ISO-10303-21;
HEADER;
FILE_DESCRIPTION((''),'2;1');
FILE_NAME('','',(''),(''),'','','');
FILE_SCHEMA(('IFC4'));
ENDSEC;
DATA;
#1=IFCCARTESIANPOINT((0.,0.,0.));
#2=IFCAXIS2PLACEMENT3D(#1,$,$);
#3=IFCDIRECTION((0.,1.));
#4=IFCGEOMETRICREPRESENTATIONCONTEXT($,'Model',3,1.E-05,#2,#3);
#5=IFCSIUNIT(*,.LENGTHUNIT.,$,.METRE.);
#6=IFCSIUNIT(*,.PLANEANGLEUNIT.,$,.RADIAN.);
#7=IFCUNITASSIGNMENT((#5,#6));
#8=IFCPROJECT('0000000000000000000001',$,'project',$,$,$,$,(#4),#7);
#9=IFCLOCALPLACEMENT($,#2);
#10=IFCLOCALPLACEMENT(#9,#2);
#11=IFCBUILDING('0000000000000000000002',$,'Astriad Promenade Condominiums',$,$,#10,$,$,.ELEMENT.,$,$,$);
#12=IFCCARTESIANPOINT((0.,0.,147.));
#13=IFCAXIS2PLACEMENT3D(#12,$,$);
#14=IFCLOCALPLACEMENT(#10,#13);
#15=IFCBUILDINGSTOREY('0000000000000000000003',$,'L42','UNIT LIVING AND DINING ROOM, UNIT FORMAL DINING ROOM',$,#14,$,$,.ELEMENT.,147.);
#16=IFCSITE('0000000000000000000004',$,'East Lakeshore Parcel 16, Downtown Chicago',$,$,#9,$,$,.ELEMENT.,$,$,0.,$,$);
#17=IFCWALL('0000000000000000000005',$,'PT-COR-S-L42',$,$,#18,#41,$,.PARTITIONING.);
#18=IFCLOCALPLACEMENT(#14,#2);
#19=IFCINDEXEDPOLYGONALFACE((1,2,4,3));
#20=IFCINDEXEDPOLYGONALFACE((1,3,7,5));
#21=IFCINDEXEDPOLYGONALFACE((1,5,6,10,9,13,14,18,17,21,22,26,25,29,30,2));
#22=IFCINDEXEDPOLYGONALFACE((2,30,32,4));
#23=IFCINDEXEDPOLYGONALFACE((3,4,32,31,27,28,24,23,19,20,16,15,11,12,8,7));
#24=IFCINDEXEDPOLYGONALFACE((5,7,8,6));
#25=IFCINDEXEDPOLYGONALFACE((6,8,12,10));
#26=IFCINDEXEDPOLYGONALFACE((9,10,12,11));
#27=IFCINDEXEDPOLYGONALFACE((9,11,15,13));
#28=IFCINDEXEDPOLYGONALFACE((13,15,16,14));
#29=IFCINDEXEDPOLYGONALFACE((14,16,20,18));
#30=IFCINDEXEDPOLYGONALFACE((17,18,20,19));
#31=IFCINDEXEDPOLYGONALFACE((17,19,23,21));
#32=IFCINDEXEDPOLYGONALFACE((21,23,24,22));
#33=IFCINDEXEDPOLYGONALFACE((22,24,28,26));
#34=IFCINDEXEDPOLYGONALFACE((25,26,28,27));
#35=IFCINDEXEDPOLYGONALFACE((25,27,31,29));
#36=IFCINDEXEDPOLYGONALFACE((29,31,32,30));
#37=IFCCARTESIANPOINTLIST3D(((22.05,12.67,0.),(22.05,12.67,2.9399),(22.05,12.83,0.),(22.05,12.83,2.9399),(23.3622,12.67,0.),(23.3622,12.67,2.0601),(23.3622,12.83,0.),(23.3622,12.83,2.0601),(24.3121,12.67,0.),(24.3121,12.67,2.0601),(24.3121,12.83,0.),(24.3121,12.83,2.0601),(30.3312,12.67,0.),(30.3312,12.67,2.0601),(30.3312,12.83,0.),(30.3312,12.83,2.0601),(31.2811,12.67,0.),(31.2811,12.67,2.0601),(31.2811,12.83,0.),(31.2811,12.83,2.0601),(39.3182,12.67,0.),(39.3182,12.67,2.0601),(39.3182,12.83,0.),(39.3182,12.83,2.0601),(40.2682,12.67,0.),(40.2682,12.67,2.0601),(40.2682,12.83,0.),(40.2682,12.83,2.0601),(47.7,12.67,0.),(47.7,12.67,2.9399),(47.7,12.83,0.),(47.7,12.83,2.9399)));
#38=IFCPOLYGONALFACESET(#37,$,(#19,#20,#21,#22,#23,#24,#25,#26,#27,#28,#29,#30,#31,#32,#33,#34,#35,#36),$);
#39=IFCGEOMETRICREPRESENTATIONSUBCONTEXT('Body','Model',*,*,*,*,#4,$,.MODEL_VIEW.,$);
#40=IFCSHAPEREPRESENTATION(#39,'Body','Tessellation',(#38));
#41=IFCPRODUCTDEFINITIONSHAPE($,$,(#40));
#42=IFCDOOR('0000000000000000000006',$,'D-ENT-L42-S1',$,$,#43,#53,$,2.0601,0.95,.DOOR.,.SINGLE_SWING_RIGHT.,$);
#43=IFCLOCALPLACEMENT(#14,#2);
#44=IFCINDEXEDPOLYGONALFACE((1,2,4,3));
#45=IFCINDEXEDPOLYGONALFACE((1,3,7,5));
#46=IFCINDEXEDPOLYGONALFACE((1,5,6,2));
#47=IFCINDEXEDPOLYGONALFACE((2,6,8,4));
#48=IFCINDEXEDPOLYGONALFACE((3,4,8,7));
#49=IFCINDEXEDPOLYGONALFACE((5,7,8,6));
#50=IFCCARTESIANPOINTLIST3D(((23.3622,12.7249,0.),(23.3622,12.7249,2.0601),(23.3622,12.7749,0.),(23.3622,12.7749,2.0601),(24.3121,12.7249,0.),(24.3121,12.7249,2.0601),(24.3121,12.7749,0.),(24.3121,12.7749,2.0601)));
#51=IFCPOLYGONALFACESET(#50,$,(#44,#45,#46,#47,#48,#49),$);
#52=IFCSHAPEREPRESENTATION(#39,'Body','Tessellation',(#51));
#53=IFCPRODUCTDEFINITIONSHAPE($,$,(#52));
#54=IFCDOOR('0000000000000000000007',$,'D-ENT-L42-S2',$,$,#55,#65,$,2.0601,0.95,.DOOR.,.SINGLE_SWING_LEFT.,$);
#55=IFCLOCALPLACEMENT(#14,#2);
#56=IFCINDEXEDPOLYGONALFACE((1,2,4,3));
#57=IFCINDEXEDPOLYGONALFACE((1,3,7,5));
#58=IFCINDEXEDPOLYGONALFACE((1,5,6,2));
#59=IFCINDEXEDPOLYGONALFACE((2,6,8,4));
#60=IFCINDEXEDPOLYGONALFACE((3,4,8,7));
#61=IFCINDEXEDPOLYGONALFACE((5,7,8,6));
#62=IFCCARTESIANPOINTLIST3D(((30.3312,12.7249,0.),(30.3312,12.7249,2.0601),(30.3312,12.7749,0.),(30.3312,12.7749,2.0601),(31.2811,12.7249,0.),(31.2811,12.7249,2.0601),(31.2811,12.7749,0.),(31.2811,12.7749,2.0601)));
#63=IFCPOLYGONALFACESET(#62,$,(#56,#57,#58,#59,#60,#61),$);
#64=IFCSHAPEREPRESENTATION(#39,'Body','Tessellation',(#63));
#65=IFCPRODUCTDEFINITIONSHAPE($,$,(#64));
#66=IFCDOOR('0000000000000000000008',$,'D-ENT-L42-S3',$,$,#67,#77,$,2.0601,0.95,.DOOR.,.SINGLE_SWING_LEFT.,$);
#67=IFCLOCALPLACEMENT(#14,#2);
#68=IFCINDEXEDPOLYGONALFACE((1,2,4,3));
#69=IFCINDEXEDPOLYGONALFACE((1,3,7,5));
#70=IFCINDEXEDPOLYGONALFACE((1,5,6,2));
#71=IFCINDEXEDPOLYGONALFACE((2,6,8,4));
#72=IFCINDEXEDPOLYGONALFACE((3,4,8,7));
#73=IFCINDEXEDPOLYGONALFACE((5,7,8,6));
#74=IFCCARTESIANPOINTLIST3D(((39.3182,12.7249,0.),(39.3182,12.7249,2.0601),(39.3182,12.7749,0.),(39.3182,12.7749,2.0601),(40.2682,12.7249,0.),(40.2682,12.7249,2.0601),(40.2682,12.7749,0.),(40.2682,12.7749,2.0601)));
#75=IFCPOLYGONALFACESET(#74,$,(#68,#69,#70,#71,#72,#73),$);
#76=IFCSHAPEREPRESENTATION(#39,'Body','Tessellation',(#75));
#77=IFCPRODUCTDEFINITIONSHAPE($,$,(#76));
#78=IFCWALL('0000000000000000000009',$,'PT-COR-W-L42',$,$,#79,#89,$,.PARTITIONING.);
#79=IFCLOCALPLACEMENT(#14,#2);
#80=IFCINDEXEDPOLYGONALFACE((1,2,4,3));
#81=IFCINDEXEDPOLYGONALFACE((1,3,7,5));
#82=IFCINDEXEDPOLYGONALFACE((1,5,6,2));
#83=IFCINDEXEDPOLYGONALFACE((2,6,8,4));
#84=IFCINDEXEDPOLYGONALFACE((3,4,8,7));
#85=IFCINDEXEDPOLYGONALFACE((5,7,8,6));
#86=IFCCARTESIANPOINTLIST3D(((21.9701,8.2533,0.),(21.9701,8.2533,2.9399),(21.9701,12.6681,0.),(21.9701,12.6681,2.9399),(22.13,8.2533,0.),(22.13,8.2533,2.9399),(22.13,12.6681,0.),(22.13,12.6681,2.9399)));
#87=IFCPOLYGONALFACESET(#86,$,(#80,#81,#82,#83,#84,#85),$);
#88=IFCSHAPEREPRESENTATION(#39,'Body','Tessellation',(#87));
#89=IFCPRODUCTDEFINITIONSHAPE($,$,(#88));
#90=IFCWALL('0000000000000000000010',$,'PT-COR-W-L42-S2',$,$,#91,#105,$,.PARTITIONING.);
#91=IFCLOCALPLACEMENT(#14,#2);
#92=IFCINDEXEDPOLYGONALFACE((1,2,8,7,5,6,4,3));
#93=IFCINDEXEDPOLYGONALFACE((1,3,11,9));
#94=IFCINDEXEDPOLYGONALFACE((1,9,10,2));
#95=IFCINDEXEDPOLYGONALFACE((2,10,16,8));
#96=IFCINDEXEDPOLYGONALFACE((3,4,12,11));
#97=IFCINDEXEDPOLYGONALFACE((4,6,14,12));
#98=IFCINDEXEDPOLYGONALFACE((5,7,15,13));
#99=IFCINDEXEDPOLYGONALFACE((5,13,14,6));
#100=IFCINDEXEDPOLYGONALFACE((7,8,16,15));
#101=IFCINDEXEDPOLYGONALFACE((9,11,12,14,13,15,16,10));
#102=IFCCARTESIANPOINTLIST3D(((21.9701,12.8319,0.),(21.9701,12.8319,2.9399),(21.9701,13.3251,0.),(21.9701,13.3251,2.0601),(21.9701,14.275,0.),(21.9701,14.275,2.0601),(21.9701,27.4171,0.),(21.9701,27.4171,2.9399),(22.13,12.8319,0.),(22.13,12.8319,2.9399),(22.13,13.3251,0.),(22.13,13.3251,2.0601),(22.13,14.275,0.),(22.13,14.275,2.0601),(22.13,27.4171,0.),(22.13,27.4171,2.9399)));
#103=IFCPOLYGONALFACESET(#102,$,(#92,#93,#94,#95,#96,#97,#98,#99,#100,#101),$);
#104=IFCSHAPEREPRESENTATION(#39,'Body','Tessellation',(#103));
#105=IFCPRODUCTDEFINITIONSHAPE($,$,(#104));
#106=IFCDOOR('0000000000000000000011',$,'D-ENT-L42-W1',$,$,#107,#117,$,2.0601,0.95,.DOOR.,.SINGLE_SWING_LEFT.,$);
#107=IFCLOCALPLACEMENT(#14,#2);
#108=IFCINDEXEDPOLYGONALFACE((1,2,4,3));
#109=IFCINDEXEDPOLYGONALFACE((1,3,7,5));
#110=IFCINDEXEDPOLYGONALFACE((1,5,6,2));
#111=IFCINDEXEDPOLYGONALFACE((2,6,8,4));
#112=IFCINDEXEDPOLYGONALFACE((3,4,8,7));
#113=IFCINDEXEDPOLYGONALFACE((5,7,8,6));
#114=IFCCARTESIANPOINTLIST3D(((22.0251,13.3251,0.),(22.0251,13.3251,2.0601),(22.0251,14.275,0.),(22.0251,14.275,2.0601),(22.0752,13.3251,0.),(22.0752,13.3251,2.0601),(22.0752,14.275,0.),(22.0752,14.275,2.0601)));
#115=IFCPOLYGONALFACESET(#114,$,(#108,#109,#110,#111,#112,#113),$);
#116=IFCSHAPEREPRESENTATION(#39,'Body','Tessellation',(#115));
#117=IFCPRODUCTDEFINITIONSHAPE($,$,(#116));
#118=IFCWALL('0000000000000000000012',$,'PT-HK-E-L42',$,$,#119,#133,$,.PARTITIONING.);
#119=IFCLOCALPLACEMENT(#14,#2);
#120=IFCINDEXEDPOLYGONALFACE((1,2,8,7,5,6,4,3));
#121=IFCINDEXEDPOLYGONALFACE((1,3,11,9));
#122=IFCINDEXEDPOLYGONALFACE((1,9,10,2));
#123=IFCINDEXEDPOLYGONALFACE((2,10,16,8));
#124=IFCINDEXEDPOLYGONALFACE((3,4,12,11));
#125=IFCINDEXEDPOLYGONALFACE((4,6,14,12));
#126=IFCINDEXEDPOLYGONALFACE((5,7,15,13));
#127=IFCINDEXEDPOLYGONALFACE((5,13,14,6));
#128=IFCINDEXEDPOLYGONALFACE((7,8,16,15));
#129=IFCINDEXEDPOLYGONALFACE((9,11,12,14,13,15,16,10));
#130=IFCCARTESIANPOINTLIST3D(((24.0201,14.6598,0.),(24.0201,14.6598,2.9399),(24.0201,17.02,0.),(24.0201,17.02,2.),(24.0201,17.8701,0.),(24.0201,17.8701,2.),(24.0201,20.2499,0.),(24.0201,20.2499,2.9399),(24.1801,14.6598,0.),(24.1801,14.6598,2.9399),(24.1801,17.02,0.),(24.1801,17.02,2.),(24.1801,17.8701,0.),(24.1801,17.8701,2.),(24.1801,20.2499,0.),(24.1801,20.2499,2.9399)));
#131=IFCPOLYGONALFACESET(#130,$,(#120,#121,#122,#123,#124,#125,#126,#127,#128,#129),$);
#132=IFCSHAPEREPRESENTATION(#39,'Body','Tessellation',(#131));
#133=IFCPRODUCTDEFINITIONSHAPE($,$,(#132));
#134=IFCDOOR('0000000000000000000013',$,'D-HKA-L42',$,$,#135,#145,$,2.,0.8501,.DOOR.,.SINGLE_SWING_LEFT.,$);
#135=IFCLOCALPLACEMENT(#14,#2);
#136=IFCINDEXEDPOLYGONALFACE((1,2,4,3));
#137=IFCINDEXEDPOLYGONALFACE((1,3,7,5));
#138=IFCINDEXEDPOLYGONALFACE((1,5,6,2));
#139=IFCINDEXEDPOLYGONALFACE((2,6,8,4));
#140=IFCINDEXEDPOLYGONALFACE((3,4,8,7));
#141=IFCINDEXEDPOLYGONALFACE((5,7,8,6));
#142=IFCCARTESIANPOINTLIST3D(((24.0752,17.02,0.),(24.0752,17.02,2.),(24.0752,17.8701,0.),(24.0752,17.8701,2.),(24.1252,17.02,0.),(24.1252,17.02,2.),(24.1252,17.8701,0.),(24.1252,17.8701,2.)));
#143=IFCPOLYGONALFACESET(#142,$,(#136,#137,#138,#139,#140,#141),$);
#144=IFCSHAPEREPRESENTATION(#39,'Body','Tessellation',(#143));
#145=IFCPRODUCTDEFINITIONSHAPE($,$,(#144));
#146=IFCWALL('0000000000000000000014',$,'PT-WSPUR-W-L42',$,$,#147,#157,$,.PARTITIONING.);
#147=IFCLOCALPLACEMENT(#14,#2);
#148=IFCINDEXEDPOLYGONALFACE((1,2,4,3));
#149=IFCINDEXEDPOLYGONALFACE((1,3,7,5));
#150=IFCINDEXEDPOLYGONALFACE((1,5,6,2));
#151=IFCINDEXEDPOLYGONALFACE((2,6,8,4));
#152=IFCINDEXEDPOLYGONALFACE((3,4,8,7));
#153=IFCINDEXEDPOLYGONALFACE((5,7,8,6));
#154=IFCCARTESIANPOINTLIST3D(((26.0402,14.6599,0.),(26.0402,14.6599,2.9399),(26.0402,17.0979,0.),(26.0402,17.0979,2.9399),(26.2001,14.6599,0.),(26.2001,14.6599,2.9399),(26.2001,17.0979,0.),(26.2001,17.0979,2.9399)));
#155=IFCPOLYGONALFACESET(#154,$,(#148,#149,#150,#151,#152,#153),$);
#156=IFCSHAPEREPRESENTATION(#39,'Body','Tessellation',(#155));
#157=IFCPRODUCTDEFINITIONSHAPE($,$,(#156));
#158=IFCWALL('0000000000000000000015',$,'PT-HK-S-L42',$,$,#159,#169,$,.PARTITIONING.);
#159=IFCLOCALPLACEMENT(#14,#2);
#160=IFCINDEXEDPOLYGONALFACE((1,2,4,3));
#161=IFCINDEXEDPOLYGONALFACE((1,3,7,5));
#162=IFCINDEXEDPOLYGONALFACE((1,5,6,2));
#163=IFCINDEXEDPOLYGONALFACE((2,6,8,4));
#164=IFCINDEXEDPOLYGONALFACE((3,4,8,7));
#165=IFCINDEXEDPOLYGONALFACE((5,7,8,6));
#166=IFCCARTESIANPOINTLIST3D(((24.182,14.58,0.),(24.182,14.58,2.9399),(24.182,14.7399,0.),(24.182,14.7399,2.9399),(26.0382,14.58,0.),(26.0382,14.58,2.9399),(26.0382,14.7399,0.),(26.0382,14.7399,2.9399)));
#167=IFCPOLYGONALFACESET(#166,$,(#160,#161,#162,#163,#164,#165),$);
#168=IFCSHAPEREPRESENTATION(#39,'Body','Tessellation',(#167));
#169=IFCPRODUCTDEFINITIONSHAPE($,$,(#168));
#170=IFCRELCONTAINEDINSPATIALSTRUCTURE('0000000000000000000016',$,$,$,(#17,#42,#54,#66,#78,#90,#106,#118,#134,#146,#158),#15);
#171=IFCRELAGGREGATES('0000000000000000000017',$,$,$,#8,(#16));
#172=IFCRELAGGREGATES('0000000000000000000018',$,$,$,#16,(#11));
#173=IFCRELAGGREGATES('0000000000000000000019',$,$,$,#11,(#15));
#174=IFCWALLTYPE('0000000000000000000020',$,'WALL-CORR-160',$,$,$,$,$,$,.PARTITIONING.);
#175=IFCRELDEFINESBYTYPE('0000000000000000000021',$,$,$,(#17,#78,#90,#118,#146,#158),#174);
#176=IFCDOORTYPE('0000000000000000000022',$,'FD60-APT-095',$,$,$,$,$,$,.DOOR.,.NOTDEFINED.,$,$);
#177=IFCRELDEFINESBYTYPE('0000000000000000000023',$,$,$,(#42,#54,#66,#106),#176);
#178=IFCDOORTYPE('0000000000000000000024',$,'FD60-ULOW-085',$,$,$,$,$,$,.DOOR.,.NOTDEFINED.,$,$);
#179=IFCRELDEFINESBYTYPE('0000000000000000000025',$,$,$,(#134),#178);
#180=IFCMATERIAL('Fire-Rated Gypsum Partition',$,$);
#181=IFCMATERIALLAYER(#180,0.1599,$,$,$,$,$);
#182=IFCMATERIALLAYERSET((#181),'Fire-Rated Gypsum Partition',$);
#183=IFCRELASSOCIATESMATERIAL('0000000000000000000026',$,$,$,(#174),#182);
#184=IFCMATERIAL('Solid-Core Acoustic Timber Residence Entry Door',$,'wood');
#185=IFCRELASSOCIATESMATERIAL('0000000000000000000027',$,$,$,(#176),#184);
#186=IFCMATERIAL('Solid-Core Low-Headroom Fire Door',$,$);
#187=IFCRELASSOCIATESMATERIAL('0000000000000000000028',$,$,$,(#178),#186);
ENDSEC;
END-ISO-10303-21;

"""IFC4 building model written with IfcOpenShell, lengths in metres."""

from ifc_helpers import new_model, si_unit, direction, frame, frame_2d, origin, place, context, subcontext, project, spatial, rectangle, extrude, source, transform, mapped, material, layer, layer_set, type_object, type_shapes, element, fill, save


model = new_model("IFC4")

# Units and contexts
model_context = context("Model", 3, precision=1e-05, world=origin(), true_north=direction((0.0, 1.0)))
body_context = subcontext(model_context, "Body", "Model", "MODEL_VIEW")
ifc_project = project(units=[si_unit("LENGTHUNIT", "METRE"), si_unit("PLANEANGLEUNIT", "RADIAN")], contexts=[model_context])

# Site, building, storey
site_placement = place(None, origin())
site = spatial("IfcSite", under=ifc_project, at=site_placement, Name="East Lakeshore Parcel 16, Downtown Chicago", CompositionType="ELEMENT", RefElevation=0.0)
building_placement = place(site_placement, origin())
building = spatial("IfcBuilding", under=site, at=building_placement, Name="Astriad Promenade Condominiums", CompositionType="ELEMENT")
storey_placement = place(building_placement, frame((0.0, 0.0, 147.0)))
storey = spatial("IfcBuildingStorey", under=building, at=storey_placement, Name="L42", Description="UNIT LIVING AND DINING ROOM, UNIT FORMAL DINING ROOM", CompositionType="ELEMENT", Elevation=147.0)

# Wall, openings, doors
ifc_material_1 = material(Name="Fire-Rated Gypsum Partition")
ifc_layer_1 = layer(ifc_material_1, 0.1599)
ifc_layer_set_1 = layer_set([ifc_layer_1], Name="Fire-Rated Gypsum Partition")
wall_type_1 = type_object("IfcWallType", Name="WALL-CORR-160", PredefinedType="PARTITIONING", material=ifc_layer_set_1)
wall_1_placement = place(storey_placement, frame((22.05, 12.75, 0.0), z_axis=(0.0, 0.0, 1.0), x_axis=(1.0, 0.0, 0.0)))
wall_1 = element("IfcWall", 1, at=wall_1_placement, inside=storey, type_object=wall_type_1, Name="PT-COR-S-L42", PredefinedType="PARTITIONING", context=body_context, shape_type="SweptSolid", body=[
    extrude(rectangle(XDim=25.6499, YDim=0.1599, at=frame_2d((12.825, 0.0))), origin(), (0.0, 0.0, 1.0), 2.9399),
])
opening_1_placement = place(wall_1_placement, frame((1.312, 0.0, 0.0)))
opening_1 = element("IfcOpeningElement", 2, at=opening_1_placement, cuts=wall_1, PredefinedType="OPENING", context=body_context, shape_type="SweptSolid", body=[
    extrude(rectangle(XDim=0.95, YDim=2.0601, at=frame_2d((0.4751, 1.03))), frame((0.0, 0.0898, 0.0), z_axis=(0.0, -1.0, 0.0), x_axis=(1.0, 0.0, 0.0)), (0.0, 0.0, 1.0), 0.1799),
])
opening_2_placement = place(wall_1_placement, frame((8.281, 0.0, 0.0)))
opening_2 = element("IfcOpeningElement", 3, at=opening_2_placement, cuts=wall_1, PredefinedType="OPENING", context=body_context, shape_type="SweptSolid", body=[
    extrude(rectangle(XDim=0.95, YDim=2.0601, at=frame_2d((0.4751, 1.03))), frame((0.0, 0.0898, 0.0), z_axis=(0.0, -1.0, 0.0), x_axis=(1.0, 0.0, 0.0)), (0.0, 0.0, 1.0), 0.1799),
])
opening_3_placement = place(wall_1_placement, frame((17.2681, 0.0, 0.0)))
opening_3 = element("IfcOpeningElement", 4, at=opening_3_placement, cuts=wall_1, PredefinedType="OPENING", context=body_context, shape_type="SweptSolid", body=[
    extrude(rectangle(XDim=0.95, YDim=2.0601, at=frame_2d((0.4751, 1.03))), frame((0.0, 0.0898, 0.0), z_axis=(0.0, -1.0, 0.0), x_axis=(1.0, 0.0, 0.0)), (0.0, 0.0, 1.0), 0.1799),
])
ifc_material_2 = material(Name="Solid-Core Acoustic Timber Residence Entry Door", Category="wood")
door_type_1 = type_object("IfcDoorType", Name="FD60-APT-095", OperationType="NOTDEFINED", PredefinedType="DOOR", material=ifc_material_2)
shared_shape_1 = source(origin(), body_context, "Body", "SweptSolid", [
    extrude(rectangle(XDim=0.95, YDim=2.0601, at=frame_2d((0.4751, 1.03))), frame((0.0, 0.0249, 0.0), z_axis=(0.0, -1.0, 0.0), x_axis=(1.0, 0.0, 0.0)), (0.0, 0.0, 1.0), 0.05),
])
type_shapes(door_type_1, [shared_shape_1])
door_1_placement = place(opening_1_placement, origin())
door_1 = element("IfcDoor", 5, at=door_1_placement, inside=storey, type_object=door_type_1, Name="D-ENT-L42-S1", OperationType="SINGLE_SWING_RIGHT", OverallHeight=2.0601, OverallWidth=0.95, PredefinedType="DOOR", context=body_context, shape_type="MappedRepresentation", body=[
    mapped(shared_shape_1, transform((0.0, 0.0, 0.0), scale=1.0)),
])
fill(opening_1, door_1)
door_2_placement = place(opening_2_placement, origin())
door_2 = element("IfcDoor", 6, at=door_2_placement, inside=storey, type_object=door_type_1, Name="D-ENT-L42-S2", OperationType="SINGLE_SWING_LEFT", OverallHeight=2.0601, OverallWidth=0.95, PredefinedType="DOOR", context=body_context, shape_type="MappedRepresentation", body=[
    mapped(shared_shape_1, transform((0.0, 0.0, 0.0), scale=1.0)),
])
fill(opening_2, door_2)
door_3_placement = place(opening_3_placement, origin())
door_3 = element("IfcDoor", 7, at=door_3_placement, inside=storey, type_object=door_type_1, Name="D-ENT-L42-S3", OperationType="SINGLE_SWING_LEFT", OverallHeight=2.0601, OverallWidth=0.95, PredefinedType="DOOR", context=body_context, shape_type="MappedRepresentation", body=[
    mapped(shared_shape_1, transform((0.0, 0.0, 0.0), scale=1.0)),
])
fill(opening_3, door_3)

# Wall
wall_2_placement = place(storey_placement, frame((22.05, 8.2532, 0.0), z_axis=(0.0, 0.0, 1.0), x_axis=(0.0, 1.0, 0.0)))
element("IfcWall", 8, at=wall_2_placement, inside=storey, type_object=wall_type_1, Name="PT-COR-W-L42", PredefinedType="PARTITIONING", context=body_context, shape_type="SweptSolid", body=[
    extrude(rectangle(XDim=4.4148, YDim=0.1599, at=frame_2d((2.2075, 0.0))), origin(), (0.0, 0.0, 1.0), 2.9399),
])

# Walls, openings, doors
wall_3_placement = place(storey_placement, frame((22.05, 12.832, 0.0), z_axis=(0.0, 0.0, 1.0), x_axis=(0.0, 1.0, 0.0)))
wall_3 = element("IfcWall", 9, at=wall_3_placement, inside=storey, type_object=wall_type_1, Name="PT-COR-W-L42-S2", PredefinedType="PARTITIONING", context=body_context, shape_type="SweptSolid", body=[
    extrude(rectangle(XDim=14.5852, YDim=0.1599, at=frame_2d((7.2925, 0.0))), origin(), (0.0, 0.0, 1.0), 2.9399),
])
opening_4_placement = place(wall_3_placement, frame((0.4929, 0.0, 0.0)))
opening_4 = element("IfcOpeningElement", 10, at=opening_4_placement, cuts=wall_3, PredefinedType="OPENING", context=body_context, shape_type="SweptSolid", body=[
    extrude(rectangle(XDim=0.95, YDim=2.0601, at=frame_2d((0.4751, 1.03))), frame((0.0, 0.0898, 0.0), z_axis=(0.0, -1.0, 0.0), x_axis=(1.0, 0.0, 0.0)), (0.0, 0.0, 1.0), 0.1799),
])
door_4_placement = place(opening_4_placement, origin())
door_4 = element("IfcDoor", 11, at=door_4_placement, inside=storey, type_object=door_type_1, Name="D-ENT-L42-W1", OperationType="SINGLE_SWING_LEFT", OverallHeight=2.0601, OverallWidth=0.95, PredefinedType="DOOR", context=body_context, shape_type="MappedRepresentation", body=[
    mapped(shared_shape_1, transform((0.0, 0.0, 0.0), scale=1.0)),
])
fill(opening_4, door_4)
wall_4_placement = place(storey_placement, frame((24.1001, 14.6599, 0.0), z_axis=(0.0, 0.0, 1.0), x_axis=(0.0, 1.0, 0.0)))
wall_4 = element("IfcWall", 12, at=wall_4_placement, inside=storey, type_object=wall_type_1, Name="PT-HK-E-L42", PredefinedType="PARTITIONING", context=body_context, shape_type="SweptSolid", body=[
    extrude(rectangle(XDim=5.5901, YDim=0.1599, at=frame_2d((2.7949, 0.0))), origin(), (0.0, 0.0, 1.0), 2.9399),
])
opening_5_placement = place(wall_4_placement, frame((2.3601, 0.0, 0.0)))
opening_5 = element("IfcOpeningElement", 13, at=opening_5_placement, cuts=wall_4, PredefinedType="OPENING", context=body_context, shape_type="SweptSolid", body=[
    extrude(rectangle(XDim=0.8501, YDim=2.0, at=frame_2d((0.425, 1.0))), frame((0.0, 0.0898, 0.0), z_axis=(0.0, -1.0, 0.0), x_axis=(1.0, 0.0, 0.0)), (0.0, 0.0, 1.0), 0.1799),
])
ifc_material_3 = material(Name="Solid-Core Low-Headroom Fire Door")
door_type_2 = type_object("IfcDoorType", Name="FD60-ULOW-085", OperationType="NOTDEFINED", PredefinedType="DOOR", material=ifc_material_3)
shared_shape_2 = source(origin(), body_context, "Body", "SweptSolid", [
    extrude(rectangle(XDim=0.8501, YDim=2.0, at=frame_2d((0.425, 1.0))), frame((0.0, 0.0249, 0.0), z_axis=(0.0, -1.0, 0.0), x_axis=(1.0, 0.0, 0.0)), (0.0, 0.0, 1.0), 0.05),
])
type_shapes(door_type_2, [shared_shape_2])
door_5_placement = place(opening_5_placement, origin())
door_5 = element("IfcDoor", 14, at=door_5_placement, inside=storey, type_object=door_type_2, Name="D-HKA-L42", OperationType="SINGLE_SWING_LEFT", OverallHeight=2.0, OverallWidth=0.8501, PredefinedType="DOOR", context=body_context, shape_type="MappedRepresentation", body=[
    mapped(shared_shape_2, transform((0.0, 0.0, 0.0), scale=1.0)),
])
fill(opening_5, door_5)

# Walls
wall_5_placement = place(storey_placement, frame((26.1201, 14.6599, 0.0), z_axis=(0.0, 0.0, 1.0), x_axis=(0.0, 1.0, 0.0)))
element("IfcWall", 15, at=wall_5_placement, inside=storey, type_object=wall_type_1, Name="PT-WSPUR-W-L42", PredefinedType="PARTITIONING", context=body_context, shape_type="SweptSolid", body=[
    extrude(rectangle(XDim=2.438, YDim=0.1599, at=frame_2d((1.219, 0.0))), origin(), (0.0, 0.0, 1.0), 2.9399),
])
wall_6_placement = place(storey_placement, frame((24.1819, 14.6599, 0.0), z_axis=(0.0, 0.0, 1.0), x_axis=(1.0, 0.0, 0.0)))
element("IfcWall", 16, at=wall_6_placement, inside=storey, type_object=wall_type_1, Name="PT-HK-S-L42", PredefinedType="PARTITIONING", context=body_context, shape_type="SweptSolid", body=[
    extrude(rectangle(XDim=1.8562, YDim=0.1599, at=frame_2d((0.9282, 0.0))), origin(), (0.0, 0.0, 1.0), 2.9399),
])

save(model, "model.ifc")
